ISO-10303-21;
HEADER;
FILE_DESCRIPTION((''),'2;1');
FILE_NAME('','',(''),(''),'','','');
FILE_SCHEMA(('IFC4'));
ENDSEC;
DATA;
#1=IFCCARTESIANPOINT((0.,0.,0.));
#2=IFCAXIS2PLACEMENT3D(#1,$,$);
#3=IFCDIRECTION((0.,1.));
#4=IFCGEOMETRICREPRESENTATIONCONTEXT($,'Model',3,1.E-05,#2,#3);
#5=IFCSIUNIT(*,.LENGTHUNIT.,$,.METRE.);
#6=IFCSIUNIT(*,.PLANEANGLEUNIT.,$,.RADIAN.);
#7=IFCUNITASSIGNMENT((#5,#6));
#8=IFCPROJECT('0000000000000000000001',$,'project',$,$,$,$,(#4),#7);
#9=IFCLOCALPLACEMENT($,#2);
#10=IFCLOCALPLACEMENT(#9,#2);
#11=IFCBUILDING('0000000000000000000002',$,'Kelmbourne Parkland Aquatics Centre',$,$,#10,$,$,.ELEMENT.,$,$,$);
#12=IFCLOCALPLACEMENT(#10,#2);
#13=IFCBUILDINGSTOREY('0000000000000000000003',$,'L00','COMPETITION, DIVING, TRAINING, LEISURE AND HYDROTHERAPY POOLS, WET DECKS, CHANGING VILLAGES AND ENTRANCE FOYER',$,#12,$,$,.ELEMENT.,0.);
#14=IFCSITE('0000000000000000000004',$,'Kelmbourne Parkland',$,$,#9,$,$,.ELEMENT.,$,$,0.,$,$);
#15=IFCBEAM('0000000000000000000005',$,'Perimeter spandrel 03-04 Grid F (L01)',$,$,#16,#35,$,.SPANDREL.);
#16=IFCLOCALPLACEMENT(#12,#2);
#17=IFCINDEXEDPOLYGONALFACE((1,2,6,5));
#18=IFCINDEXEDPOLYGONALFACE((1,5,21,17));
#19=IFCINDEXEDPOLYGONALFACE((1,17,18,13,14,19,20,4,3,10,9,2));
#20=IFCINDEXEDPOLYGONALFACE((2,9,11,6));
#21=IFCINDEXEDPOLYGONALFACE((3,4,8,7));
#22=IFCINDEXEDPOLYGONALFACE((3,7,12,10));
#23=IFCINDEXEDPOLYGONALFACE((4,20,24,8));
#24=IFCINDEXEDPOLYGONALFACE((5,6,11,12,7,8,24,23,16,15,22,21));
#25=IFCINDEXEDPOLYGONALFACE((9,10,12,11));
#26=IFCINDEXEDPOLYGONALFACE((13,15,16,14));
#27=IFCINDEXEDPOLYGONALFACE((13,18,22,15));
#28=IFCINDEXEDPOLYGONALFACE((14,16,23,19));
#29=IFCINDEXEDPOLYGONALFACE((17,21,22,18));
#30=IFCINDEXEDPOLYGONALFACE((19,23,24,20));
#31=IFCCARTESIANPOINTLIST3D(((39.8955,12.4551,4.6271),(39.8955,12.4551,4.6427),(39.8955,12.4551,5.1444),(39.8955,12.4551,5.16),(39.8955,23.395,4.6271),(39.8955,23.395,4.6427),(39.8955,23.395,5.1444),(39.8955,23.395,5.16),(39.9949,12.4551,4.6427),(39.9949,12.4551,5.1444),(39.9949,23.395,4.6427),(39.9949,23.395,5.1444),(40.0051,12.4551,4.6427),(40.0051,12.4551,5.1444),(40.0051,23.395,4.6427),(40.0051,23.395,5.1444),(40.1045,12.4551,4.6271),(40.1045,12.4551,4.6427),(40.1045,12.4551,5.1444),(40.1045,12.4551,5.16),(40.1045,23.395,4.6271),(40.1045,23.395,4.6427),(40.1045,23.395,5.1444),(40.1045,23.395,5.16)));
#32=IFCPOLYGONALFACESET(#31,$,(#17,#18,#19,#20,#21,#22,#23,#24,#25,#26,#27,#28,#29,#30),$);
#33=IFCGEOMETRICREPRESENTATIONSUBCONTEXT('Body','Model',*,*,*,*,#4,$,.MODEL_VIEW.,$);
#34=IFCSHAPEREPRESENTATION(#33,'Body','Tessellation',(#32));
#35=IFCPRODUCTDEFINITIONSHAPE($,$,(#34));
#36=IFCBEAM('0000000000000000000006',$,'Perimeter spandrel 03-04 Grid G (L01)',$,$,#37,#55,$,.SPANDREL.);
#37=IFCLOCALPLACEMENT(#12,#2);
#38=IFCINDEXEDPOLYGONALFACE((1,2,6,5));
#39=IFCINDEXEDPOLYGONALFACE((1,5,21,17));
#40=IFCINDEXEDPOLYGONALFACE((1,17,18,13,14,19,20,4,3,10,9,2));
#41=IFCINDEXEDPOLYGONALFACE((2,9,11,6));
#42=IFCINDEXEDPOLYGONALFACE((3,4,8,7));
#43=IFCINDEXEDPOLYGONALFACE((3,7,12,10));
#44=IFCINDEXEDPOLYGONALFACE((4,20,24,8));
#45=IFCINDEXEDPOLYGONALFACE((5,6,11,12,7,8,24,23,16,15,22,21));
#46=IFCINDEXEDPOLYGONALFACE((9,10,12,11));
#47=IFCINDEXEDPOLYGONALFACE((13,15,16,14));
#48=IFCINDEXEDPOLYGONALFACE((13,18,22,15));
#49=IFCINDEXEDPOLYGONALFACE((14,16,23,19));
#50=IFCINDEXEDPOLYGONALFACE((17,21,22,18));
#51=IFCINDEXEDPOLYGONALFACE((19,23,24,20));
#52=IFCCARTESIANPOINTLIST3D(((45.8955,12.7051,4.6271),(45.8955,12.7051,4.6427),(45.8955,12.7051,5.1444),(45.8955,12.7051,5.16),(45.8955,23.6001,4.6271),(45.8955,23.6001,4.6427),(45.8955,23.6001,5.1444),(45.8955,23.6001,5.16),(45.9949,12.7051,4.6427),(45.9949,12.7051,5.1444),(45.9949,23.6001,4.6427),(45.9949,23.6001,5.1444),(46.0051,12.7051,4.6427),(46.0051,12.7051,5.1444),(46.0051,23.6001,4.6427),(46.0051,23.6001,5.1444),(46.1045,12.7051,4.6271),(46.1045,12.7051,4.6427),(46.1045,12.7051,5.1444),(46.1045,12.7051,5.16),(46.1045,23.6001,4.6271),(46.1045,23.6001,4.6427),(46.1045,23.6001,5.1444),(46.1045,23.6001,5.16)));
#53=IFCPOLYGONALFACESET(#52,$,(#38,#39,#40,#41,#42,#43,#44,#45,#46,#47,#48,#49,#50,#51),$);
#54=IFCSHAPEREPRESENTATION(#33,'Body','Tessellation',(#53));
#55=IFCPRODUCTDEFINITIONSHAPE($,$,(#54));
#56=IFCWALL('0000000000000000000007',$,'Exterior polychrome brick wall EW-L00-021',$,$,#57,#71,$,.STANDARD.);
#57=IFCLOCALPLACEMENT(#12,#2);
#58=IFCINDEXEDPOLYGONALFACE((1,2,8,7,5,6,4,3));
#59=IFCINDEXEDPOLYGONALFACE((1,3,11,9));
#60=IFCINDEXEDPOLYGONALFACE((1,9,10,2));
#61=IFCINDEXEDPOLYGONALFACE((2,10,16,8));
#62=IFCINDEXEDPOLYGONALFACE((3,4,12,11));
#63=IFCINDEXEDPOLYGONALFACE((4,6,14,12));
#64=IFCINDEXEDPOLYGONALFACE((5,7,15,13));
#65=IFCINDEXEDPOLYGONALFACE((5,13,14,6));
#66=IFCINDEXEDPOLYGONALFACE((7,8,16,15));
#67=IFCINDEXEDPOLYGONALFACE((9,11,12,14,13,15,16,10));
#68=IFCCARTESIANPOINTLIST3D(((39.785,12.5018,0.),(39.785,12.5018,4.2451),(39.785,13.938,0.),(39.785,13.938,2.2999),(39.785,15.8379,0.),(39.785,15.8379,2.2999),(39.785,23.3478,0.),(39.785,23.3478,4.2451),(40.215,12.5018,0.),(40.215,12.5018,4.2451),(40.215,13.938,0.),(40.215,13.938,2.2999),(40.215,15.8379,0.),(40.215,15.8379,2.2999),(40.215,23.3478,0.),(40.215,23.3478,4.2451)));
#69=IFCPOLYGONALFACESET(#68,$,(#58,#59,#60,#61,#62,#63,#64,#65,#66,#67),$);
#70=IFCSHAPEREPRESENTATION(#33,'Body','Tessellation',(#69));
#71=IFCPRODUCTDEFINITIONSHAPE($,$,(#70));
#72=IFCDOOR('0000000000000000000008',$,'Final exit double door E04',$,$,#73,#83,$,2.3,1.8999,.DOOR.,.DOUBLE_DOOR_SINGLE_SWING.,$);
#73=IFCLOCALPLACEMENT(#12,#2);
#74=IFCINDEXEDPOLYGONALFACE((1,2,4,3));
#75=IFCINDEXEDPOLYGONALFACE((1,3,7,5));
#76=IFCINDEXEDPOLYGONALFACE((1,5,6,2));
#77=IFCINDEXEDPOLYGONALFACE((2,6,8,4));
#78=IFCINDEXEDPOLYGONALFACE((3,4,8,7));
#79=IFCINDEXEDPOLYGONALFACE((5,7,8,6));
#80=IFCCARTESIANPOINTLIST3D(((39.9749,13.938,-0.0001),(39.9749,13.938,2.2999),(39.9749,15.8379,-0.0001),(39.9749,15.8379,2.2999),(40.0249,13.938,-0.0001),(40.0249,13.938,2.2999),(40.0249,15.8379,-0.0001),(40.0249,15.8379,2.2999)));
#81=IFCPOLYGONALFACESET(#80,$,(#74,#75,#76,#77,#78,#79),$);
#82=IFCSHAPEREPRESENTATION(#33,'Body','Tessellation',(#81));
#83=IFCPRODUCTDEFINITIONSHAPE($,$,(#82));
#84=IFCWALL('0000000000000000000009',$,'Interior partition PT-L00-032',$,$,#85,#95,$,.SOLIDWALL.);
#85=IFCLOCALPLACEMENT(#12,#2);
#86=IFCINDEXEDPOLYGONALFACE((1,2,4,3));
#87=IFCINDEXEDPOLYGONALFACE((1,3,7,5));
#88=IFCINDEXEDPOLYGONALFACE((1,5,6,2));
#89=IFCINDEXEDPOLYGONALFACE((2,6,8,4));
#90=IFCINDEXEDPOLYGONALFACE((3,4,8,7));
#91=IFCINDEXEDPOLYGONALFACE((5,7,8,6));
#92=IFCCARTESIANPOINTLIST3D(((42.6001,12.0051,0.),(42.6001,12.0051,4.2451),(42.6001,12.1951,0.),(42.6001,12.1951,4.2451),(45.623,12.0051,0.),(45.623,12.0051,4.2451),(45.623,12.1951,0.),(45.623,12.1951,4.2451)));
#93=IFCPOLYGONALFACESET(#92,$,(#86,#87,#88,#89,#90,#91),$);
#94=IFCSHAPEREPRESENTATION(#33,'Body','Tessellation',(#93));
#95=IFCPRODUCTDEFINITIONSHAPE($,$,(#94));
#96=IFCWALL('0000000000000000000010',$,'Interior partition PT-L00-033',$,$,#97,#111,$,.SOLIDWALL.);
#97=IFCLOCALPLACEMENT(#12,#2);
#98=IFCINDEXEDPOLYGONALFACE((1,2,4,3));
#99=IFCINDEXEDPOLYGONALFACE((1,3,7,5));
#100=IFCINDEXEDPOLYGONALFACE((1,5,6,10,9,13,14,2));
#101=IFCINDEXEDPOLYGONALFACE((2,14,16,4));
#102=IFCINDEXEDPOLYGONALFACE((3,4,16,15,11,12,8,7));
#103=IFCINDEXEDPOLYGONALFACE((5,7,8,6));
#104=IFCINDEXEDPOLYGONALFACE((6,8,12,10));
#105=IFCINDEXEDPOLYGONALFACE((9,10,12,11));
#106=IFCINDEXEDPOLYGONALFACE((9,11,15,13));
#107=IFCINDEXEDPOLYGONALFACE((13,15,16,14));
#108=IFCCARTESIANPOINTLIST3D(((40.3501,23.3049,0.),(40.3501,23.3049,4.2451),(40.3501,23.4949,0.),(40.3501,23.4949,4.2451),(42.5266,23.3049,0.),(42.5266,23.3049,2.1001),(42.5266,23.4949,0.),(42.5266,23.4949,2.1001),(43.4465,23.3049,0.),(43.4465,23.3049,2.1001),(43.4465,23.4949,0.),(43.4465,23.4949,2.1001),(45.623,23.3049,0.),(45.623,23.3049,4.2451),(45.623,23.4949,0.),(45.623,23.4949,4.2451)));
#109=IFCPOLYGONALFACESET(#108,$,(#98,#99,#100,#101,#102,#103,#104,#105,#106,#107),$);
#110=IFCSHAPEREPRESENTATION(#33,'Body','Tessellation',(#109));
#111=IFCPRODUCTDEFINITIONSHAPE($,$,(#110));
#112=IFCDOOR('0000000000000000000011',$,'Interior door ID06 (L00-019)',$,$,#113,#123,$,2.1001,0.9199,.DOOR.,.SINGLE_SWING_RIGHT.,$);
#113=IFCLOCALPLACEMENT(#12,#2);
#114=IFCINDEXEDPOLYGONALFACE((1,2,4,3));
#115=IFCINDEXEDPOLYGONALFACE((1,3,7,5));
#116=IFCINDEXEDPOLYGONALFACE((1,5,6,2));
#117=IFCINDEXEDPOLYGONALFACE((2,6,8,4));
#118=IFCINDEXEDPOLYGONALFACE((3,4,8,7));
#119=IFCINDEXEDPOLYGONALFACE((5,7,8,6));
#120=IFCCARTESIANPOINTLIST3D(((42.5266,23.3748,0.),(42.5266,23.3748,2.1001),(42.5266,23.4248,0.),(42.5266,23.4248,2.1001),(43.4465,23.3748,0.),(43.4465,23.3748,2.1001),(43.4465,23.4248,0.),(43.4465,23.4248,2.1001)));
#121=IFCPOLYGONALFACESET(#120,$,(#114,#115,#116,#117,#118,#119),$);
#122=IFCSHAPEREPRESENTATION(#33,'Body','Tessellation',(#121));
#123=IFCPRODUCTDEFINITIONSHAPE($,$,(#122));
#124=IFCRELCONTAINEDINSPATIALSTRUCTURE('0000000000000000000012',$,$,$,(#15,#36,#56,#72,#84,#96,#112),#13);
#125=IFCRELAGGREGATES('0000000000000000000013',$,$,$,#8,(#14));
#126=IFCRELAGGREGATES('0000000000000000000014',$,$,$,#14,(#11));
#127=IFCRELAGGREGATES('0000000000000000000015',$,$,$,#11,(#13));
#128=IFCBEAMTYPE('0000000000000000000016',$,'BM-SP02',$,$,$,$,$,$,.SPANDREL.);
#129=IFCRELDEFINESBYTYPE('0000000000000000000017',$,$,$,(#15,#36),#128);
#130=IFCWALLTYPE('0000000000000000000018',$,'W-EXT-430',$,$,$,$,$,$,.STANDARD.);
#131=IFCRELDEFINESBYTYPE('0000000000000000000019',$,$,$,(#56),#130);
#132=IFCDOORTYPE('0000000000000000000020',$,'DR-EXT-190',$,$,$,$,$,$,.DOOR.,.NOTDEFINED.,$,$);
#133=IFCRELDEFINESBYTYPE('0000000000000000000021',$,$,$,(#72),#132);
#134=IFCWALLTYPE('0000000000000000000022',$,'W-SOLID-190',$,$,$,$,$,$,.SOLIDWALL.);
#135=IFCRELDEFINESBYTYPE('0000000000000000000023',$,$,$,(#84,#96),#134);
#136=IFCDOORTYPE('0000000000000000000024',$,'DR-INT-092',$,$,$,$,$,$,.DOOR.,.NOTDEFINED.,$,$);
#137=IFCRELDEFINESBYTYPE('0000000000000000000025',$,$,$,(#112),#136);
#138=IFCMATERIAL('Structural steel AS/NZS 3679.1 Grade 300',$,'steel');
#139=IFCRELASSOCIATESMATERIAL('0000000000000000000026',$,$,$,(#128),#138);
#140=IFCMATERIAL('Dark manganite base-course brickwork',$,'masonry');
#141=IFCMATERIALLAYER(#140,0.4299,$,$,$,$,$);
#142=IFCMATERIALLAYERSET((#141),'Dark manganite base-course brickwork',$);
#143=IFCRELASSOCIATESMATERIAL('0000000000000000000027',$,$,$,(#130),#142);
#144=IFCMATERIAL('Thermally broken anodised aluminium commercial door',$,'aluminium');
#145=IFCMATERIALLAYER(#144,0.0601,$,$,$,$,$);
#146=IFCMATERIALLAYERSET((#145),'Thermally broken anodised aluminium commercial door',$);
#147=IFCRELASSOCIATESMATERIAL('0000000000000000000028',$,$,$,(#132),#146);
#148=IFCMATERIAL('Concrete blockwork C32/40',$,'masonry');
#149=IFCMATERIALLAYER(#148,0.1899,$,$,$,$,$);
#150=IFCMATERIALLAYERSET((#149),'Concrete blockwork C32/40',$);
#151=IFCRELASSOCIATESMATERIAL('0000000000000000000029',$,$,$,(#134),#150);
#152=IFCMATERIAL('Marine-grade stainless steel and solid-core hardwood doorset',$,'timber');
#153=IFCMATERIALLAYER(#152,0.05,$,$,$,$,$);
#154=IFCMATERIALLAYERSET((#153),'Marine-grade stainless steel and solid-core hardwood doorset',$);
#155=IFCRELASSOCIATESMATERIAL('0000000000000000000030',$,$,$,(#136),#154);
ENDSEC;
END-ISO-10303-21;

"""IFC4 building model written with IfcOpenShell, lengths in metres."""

from ifc_helpers import new_model, si_unit, direction, frame, frame_2d, origin, origin_2d, place, context, subcontext, project, spatial, rectangle, i_section, extrude, material, layer, layer_set, material_profile, profile_set, type_object, element, fill, save


model = new_model("IFC4")

# Units and contexts
model_context = context("Model", 3, precision=1e-05, world=origin(), true_north=direction((0.0, 1.0)))
body_context = subcontext(model_context, "Body", "Model", "MODEL_VIEW")
ifc_project = project(units=[si_unit("LENGTHUNIT", "METRE"), si_unit("PLANEANGLEUNIT", "RADIAN")], contexts=[model_context])

# Site, building, storey
site_placement = place(None, origin())
site = spatial("IfcSite", under=ifc_project, at=site_placement, Name="Kelmbourne Parkland", CompositionType="ELEMENT", RefElevation=0.0)
building_placement = place(site_placement, origin())
building = spatial("IfcBuilding", under=site, at=building_placement, Name="Kelmbourne Parkland Aquatics Centre", CompositionType="ELEMENT")
storey_placement = place(building_placement, origin())
storey = spatial("IfcBuildingStorey", under=building, at=storey_placement, Name="L00", Description="COMPETITION, DIVING, TRAINING, LEISURE AND HYDROTHERAPY POOLS, WET DECKS, CHANGING VILLAGES AND ENTRANCE FOYER", CompositionType="ELEMENT", Elevation=0.0)

# Beams
ifc_material_1 = material(Name="Structural steel AS/NZS 3679.1 Grade 300", Category="steel")
ifc_material_profile_1 = material_profile(ifc_material_1, i_section(OverallWidth=0.209, OverallDepth=0.533, WebThickness=0.0103, FlangeThickness=0.0156, at=origin_2d()), Name="530UB92.4")
ifc_profile_set_1 = profile_set([ifc_material_profile_1], Name="Structural steel AS/NZS 3679.1 Grade 300")
beam_type_1 = type_object("IfcBeamType", Name="BM-SP02", PredefinedType="SPANDREL", material=ifc_profile_set_1)
beam_1_placement = place(storey_placement, frame((40.0, 12.4551, 4.8936), z_axis=(0.0, 1.0, 0.0), x_axis=(-1.0, 0.0, 0.0)))
element("IfcBeam", 1, at=beam_1_placement, inside=storey, type_object=beam_type_1, Name="Perimeter spandrel 03-04 Grid F (L01)", PredefinedType="SPANDREL", context=body_context, shape_type="SweptSolid", body=[
    extrude(i_section(OverallWidth=0.209, OverallDepth=0.533, WebThickness=0.0103, FlangeThickness=0.0156, at=origin_2d()), origin(), (0.0, 0.0, 1.0), 10.9399),
])
beam_2_placement = place(storey_placement, frame((46.0, 12.7051, 4.8936), z_axis=(0.0, 1.0, 0.0), x_axis=(-1.0, 0.0, 0.0)))
element("IfcBeam", 2, at=beam_2_placement, inside=storey, type_object=beam_type_1, Name="Perimeter spandrel 03-04 Grid G (L01)", PredefinedType="SPANDREL", context=body_context, shape_type="SweptSolid", body=[
    extrude(i_section(OverallWidth=0.209, OverallDepth=0.533, WebThickness=0.0103, FlangeThickness=0.0156, at=origin_2d()), origin(), (0.0, 0.0, 1.0), 10.895),
])

# Wall, opening, door
ifc_material_2 = material(Name="Dark manganite base-course brickwork", Category="masonry")
ifc_layer_1 = layer(ifc_material_2, 0.4299)
ifc_layer_set_1 = layer_set([ifc_layer_1], Name="Dark manganite base-course brickwork")
wall_type_1 = type_object("IfcWallType", Name="W-EXT-430", PredefinedType="STANDARD", material=ifc_layer_set_1)
wall_1_placement = place(storey_placement, frame((40.0, 12.502, 0.0), z_axis=(0.0, 0.0, 1.0), x_axis=(0.0, 1.0, 0.0)))
wall_1 = element("IfcWall", 3, at=wall_1_placement, inside=storey, type_object=wall_type_1, Name="Exterior polychrome brick wall EW-L00-021", PredefinedType="STANDARD", context=body_context, shape_type="SweptSolid", body=[
    extrude(rectangle(XDim=10.8459, YDim=0.4299, at=frame_2d((5.4229, 0.0))), origin(), (0.0, 0.0, 1.0), 4.2451),
])
opening_1_placement = place(wall_1_placement, frame((1.436, 0.0, 0.0)))
opening_1 = element("IfcOpeningElement", 4, at=opening_1_placement, cuts=wall_1, PredefinedType="OPENING", context=body_context, shape_type="SweptSolid", body=[
    extrude(rectangle(XDim=1.8999, YDim=2.3, at=frame_2d((0.95, 1.1499))), frame((0.0, 0.2271, 0.0), z_axis=(0.0, -1.0, 0.0), x_axis=(1.0, 0.0, 0.0)), (0.0, 0.0, 1.0), 0.4539),
])
ifc_material_3 = material(Name="Thermally broken anodised aluminium commercial door", Category="aluminium")
ifc_layer_2 = layer(ifc_material_3, 0.0601)
ifc_layer_set_2 = layer_set([ifc_layer_2], Name="Thermally broken anodised aluminium commercial door")
door_type_1 = type_object("IfcDoorType", Name="DR-EXT-190", OperationType="NOTDEFINED", PredefinedType="DOOR", material=ifc_layer_set_2)
door_1_placement = place(opening_1_placement, frame((1.8999, 0.0, 0.0), z_axis=(0.0, 0.0, 1.0), x_axis=(-1.0, 0.0, 0.0)))
door_1 = element("IfcDoor", 5, at=door_1_placement, inside=storey, type_object=door_type_1, Name="Final exit double door E04", OperationType="DOUBLE_DOOR_SINGLE_SWING", OverallHeight=2.3, OverallWidth=1.8999, PredefinedType="DOOR", context=body_context, shape_type="SweptSolid", body=[
    extrude(rectangle(XDim=1.8999, YDim=2.3, at=frame_2d((0.95, 1.1499))), frame((0.0, 0.0249, 0.0), z_axis=(0.0, -1.0, 0.0), x_axis=(1.0, 0.0, 0.0)), (0.0, 0.0, 1.0), 0.05),
])
fill(opening_1, door_1)

# Wall
ifc_material_4 = material(Name="Concrete blockwork C32/40", Category="masonry")
ifc_layer_3 = layer(ifc_material_4, 0.1899)
ifc_layer_set_3 = layer_set([ifc_layer_3], Name="Concrete blockwork C32/40")
wall_type_2 = type_object("IfcWallType", Name="W-SOLID-190", PredefinedType="SOLIDWALL", material=ifc_layer_set_3)
wall_2_placement = place(storey_placement, frame((42.6001, 12.1001, 0.0), z_axis=(0.0, 0.0, 1.0), x_axis=(1.0, 0.0, 0.0)))
element("IfcWall", 6, at=wall_2_placement, inside=storey, type_object=wall_type_2, Name="Interior partition PT-L00-032", PredefinedType="SOLIDWALL", context=body_context, shape_type="SweptSolid", body=[
    extrude(rectangle(XDim=3.0229, YDim=0.1899, at=frame_2d((1.5115, 0.0))), origin(), (0.0, 0.0, 1.0), 4.2451),
])

# Wall, opening, door
wall_3_placement = place(storey_placement, frame((40.3501, 23.3999, 0.0), z_axis=(0.0, 0.0, 1.0), x_axis=(1.0, 0.0, 0.0)))
wall_3 = element("IfcWall", 7, at=wall_3_placement, inside=storey, type_object=wall_type_2, Name="Interior partition PT-L00-033", PredefinedType="SOLIDWALL", context=body_context, shape_type="SweptSolid", body=[
    extrude(rectangle(XDim=5.2729, YDim=0.1899, at=frame_2d((2.6365, 0.0))), origin(), (0.0, 0.0, 1.0), 4.2451),
])
opening_2_placement = place(wall_3_placement, frame((2.1765, 0.0, 0.0)))
opening_2 = element("IfcOpeningElement", 8, at=opening_2_placement, cuts=wall_3, PredefinedType="OPENING", context=body_context, shape_type="SweptSolid", body=[
    extrude(rectangle(XDim=0.9199, YDim=2.1001, at=frame_2d((0.46, 1.05))), frame((0.0, 0.1069, 0.0), z_axis=(0.0, -1.0, 0.0), x_axis=(1.0, 0.0, 0.0)), (0.0, 0.0, 1.0), 0.2139),
])
ifc_material_5 = material(Name="Marine-grade stainless steel and solid-core hardwood doorset", Category="timber")
ifc_layer_4 = layer(ifc_material_5, 0.05)
ifc_layer_set_4 = layer_set([ifc_layer_4], Name="Marine-grade stainless steel and solid-core hardwood doorset")
door_type_2 = type_object("IfcDoorType", Name="DR-INT-092", OperationType="NOTDEFINED", PredefinedType="DOOR", material=ifc_layer_set_4)
door_2_placement = place(opening_2_placement, origin())
door_2 = element("IfcDoor", 9, at=door_2_placement, inside=storey, type_object=door_type_2, Name="Interior door ID06 (L00-019)", OperationType="SINGLE_SWING_RIGHT", OverallHeight=2.1001, OverallWidth=0.9199, PredefinedType="DOOR", context=body_context, shape_type="SweptSolid", body=[
    extrude(rectangle(XDim=0.9199, YDim=2.1001, at=frame_2d((0.46, 1.05))), frame((0.0, 0.0249, 0.0), z_axis=(0.0, -1.0, 0.0), x_axis=(1.0, 0.0, 0.0)), (0.0, 0.0, 1.0), 0.05),
])
fill(opening_2, door_2)

save(model, "model.ifc")
